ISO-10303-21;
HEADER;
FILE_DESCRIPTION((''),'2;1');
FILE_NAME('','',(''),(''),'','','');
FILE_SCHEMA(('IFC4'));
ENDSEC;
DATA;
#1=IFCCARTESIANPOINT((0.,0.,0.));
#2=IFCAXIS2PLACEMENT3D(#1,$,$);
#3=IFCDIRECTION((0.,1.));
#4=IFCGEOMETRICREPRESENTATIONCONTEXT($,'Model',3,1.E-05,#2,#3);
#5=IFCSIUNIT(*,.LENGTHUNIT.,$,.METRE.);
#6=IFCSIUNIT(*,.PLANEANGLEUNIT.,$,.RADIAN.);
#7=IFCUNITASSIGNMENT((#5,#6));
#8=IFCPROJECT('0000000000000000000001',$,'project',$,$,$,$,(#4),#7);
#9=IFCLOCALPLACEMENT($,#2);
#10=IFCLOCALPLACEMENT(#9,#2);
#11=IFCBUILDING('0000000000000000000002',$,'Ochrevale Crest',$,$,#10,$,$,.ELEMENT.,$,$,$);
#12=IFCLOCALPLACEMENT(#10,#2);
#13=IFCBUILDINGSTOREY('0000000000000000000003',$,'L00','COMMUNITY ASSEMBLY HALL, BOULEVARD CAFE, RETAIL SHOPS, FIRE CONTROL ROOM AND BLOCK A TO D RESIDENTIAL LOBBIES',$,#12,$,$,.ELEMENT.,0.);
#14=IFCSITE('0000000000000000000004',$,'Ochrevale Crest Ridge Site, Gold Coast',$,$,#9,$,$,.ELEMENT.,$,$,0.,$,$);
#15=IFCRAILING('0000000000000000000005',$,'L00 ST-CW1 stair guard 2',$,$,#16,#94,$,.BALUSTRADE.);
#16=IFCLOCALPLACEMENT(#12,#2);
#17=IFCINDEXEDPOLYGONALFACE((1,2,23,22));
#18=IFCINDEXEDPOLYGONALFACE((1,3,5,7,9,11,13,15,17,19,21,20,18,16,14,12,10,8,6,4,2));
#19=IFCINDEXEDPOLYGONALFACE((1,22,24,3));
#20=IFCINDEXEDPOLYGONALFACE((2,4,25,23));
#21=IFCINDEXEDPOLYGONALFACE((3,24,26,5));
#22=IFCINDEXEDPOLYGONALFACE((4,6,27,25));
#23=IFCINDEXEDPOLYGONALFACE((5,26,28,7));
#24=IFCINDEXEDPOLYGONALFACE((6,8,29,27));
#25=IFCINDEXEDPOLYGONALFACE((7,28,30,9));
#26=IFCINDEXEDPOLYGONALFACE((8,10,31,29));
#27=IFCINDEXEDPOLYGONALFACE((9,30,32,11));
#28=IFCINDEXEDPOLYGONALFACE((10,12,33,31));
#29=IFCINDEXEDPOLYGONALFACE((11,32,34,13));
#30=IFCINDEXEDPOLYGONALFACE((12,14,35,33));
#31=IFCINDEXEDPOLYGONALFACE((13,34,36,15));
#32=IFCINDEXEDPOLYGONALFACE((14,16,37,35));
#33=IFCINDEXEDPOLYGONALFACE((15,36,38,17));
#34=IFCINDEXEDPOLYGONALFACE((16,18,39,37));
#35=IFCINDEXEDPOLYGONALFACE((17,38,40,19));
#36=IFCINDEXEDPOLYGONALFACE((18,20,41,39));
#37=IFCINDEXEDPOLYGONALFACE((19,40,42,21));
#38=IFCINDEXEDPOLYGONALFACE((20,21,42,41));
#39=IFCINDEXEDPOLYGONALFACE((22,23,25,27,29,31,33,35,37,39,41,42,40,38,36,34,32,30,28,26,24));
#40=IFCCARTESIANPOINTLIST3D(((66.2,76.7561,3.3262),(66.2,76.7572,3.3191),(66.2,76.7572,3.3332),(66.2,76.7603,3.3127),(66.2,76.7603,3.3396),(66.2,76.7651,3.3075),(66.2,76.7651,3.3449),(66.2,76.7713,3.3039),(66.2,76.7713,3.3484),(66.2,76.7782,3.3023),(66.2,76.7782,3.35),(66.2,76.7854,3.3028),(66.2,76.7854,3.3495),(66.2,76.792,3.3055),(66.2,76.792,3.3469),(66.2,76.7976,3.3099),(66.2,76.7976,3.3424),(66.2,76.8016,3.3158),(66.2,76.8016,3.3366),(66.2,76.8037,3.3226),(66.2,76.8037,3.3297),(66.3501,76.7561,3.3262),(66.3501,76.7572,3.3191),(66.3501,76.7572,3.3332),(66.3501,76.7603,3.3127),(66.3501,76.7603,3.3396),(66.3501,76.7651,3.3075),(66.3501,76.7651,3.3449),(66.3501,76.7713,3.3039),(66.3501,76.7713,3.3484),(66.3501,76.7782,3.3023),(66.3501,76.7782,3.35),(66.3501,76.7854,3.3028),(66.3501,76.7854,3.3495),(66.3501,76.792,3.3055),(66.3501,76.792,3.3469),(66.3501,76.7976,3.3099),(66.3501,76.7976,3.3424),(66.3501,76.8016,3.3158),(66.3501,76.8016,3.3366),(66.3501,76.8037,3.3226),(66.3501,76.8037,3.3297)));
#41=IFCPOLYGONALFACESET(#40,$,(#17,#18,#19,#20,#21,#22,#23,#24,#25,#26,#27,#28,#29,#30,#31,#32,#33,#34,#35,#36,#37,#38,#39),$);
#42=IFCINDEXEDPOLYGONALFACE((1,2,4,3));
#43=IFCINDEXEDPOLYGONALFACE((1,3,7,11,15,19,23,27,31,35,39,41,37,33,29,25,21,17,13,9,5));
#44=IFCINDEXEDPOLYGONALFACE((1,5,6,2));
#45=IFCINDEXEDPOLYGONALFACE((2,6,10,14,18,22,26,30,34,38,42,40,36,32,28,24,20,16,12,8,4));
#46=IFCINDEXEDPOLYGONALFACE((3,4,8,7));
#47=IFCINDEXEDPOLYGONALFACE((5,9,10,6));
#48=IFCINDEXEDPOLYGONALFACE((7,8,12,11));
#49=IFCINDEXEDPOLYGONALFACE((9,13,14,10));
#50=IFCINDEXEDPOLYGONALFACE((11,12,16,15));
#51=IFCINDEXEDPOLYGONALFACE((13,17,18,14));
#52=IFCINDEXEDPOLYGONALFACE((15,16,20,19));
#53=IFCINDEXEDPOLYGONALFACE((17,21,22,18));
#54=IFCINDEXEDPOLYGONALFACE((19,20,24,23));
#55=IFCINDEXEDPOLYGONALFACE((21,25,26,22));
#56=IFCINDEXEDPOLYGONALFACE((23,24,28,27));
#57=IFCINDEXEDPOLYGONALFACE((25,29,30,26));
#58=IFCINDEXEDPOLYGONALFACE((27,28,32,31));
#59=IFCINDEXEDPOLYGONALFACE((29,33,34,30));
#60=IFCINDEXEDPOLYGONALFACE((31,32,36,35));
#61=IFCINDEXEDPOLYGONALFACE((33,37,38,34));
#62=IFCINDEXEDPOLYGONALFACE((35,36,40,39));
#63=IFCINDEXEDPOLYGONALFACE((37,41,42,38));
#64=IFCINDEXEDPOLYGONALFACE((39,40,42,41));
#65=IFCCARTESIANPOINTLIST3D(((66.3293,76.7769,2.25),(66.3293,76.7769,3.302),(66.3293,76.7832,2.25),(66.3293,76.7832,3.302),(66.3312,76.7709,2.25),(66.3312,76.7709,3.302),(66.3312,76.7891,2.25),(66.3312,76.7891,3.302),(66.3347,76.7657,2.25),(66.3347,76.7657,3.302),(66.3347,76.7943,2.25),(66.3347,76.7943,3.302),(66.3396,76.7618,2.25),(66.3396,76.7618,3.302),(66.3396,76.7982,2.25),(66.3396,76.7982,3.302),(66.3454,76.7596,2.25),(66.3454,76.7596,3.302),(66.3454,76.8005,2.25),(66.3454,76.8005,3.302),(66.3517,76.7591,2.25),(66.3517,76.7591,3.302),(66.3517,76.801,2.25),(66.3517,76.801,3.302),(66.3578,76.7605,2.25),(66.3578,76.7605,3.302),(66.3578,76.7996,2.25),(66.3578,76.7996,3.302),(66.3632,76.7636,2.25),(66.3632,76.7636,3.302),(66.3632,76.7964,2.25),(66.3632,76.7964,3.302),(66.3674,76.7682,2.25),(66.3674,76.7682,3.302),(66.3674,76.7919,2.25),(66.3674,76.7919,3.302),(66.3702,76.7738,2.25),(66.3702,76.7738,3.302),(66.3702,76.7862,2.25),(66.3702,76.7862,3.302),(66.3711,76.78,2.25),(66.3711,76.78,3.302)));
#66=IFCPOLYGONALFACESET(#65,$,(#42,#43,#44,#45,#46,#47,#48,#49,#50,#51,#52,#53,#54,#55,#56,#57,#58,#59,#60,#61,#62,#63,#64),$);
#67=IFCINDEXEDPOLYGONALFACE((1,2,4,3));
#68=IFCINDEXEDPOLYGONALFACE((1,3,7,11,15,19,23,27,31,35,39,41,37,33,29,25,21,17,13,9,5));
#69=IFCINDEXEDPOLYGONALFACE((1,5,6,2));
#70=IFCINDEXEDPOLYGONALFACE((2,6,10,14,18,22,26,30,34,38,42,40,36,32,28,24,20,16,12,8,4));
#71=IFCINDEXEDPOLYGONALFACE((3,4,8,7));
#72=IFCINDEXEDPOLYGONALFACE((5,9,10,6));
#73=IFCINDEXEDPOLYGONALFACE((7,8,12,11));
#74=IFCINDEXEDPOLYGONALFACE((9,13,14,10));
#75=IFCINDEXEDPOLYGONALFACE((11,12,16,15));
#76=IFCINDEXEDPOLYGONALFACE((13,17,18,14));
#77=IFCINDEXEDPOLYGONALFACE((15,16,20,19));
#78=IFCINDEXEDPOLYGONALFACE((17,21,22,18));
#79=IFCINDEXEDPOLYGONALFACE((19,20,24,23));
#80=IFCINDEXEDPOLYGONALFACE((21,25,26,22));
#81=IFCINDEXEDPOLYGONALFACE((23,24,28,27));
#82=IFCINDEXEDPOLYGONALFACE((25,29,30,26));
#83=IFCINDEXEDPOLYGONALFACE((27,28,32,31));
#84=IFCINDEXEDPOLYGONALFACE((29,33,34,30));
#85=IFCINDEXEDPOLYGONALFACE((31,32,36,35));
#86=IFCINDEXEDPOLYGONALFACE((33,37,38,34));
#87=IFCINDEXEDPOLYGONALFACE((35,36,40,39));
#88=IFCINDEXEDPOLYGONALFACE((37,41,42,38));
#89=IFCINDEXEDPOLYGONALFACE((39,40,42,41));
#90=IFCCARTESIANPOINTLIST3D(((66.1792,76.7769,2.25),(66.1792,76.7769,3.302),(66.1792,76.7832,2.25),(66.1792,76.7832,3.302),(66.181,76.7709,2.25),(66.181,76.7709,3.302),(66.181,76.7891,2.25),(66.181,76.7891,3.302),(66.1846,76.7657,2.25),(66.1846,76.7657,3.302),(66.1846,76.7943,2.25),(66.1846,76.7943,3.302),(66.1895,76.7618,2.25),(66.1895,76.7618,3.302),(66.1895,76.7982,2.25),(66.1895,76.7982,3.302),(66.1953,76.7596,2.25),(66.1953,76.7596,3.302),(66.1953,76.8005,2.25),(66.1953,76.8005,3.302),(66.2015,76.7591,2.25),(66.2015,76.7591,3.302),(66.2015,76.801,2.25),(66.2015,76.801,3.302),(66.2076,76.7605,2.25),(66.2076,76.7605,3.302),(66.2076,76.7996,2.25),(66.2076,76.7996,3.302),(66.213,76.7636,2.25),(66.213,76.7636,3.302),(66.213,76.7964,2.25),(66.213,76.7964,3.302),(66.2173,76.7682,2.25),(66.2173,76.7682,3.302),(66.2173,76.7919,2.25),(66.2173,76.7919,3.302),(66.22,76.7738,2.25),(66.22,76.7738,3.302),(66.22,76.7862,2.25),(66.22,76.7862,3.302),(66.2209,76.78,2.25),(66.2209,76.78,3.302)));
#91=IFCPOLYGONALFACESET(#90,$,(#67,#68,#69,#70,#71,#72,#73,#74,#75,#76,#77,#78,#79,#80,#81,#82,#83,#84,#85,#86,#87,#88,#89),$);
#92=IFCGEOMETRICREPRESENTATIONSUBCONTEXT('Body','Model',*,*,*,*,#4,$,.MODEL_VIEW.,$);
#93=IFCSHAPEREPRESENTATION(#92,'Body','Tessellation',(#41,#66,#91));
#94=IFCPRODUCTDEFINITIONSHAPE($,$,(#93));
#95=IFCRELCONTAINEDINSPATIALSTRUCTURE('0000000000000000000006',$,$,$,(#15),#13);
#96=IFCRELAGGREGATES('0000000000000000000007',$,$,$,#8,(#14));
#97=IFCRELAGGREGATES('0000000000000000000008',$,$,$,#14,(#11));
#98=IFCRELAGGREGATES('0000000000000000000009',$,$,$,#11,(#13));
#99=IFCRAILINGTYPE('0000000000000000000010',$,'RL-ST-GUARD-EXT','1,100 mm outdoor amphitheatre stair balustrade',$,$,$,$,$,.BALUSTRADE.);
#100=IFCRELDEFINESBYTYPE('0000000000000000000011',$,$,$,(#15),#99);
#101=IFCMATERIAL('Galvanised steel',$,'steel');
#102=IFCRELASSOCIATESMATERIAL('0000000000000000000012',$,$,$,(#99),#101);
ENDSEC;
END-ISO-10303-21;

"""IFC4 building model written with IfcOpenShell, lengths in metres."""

from ifc_helpers import new_model, si_unit, direction, frame, origin, origin_2d, place, context, subcontext, project, spatial, circle, extrude, material, type_object, element, save


model = new_model("IFC4")

# Units and contexts
model_context = context("Model", 3, precision=1e-05, world=origin(), true_north=direction((0.0, 1.0)))
body_context = subcontext(model_context, "Body", "Model", "MODEL_VIEW")
ifc_project = project(units=[si_unit("LENGTHUNIT", "METRE"), si_unit("PLANEANGLEUNIT", "RADIAN")], contexts=[model_context])

# Site, building, storey
site_placement = place(None, origin())
site = spatial("IfcSite", under=ifc_project, at=site_placement, Name="Ochrevale Crest Ridge Site, Gold Coast", CompositionType="ELEMENT", RefElevation=0.0)
building_placement = place(site_placement, origin())
building = spatial("IfcBuilding", under=site, at=building_placement, Name="Ochrevale Crest", CompositionType="ELEMENT")
storey_placement = place(building_placement, origin())
storey = spatial("IfcBuildingStorey", under=building, at=storey_placement, Name="L00", Description="COMMUNITY ASSEMBLY HALL, BOULEVARD CAFE, RETAIL SHOPS, FIRE CONTROL ROOM AND BLOCK A TO D RESIDENTIAL LOBBIES", CompositionType="ELEMENT", Elevation=0.0)

# Railing
ifc_material_1 = material(Name="Galvanised steel", Category="steel")
railing_type_1 = type_object("IfcRailingType", Name="RL-ST-GUARD-EXT", Description="1,100 mm outdoor amphitheatre stair balustrade", PredefinedType="BALUSTRADE", material=ifc_material_1)
railing_1_placement = place(storey_placement, frame((66.3501, 76.78, 2.25)))
element("IfcRailing", 1, at=railing_1_placement, inside=storey, type_object=railing_type_1, Name="L00 ST-CW1 stair guard 2", PredefinedType="BALUSTRADE", context=body_context, shape_type="SweptSolid", body=[
    extrude(circle(Radius=0.0239, at=origin_2d()), frame((0.0, 0.0, 1.0762), z_axis=(-1.0, 0.0, 0.0), x_axis=(0.0, -1.0, 0.0)), (0.0, 0.0, 1.0), 0.1501),
    extrude(circle(Radius=0.021, at=origin_2d()), origin(), (0.0, 0.0, 1.0), 1.052),
    extrude(circle(Radius=0.021, at=origin_2d()), frame((-0.1501, 0.0, 0.0)), (0.0, 0.0, 1.0), 1.052),
])

save(model, "model.ifc")
